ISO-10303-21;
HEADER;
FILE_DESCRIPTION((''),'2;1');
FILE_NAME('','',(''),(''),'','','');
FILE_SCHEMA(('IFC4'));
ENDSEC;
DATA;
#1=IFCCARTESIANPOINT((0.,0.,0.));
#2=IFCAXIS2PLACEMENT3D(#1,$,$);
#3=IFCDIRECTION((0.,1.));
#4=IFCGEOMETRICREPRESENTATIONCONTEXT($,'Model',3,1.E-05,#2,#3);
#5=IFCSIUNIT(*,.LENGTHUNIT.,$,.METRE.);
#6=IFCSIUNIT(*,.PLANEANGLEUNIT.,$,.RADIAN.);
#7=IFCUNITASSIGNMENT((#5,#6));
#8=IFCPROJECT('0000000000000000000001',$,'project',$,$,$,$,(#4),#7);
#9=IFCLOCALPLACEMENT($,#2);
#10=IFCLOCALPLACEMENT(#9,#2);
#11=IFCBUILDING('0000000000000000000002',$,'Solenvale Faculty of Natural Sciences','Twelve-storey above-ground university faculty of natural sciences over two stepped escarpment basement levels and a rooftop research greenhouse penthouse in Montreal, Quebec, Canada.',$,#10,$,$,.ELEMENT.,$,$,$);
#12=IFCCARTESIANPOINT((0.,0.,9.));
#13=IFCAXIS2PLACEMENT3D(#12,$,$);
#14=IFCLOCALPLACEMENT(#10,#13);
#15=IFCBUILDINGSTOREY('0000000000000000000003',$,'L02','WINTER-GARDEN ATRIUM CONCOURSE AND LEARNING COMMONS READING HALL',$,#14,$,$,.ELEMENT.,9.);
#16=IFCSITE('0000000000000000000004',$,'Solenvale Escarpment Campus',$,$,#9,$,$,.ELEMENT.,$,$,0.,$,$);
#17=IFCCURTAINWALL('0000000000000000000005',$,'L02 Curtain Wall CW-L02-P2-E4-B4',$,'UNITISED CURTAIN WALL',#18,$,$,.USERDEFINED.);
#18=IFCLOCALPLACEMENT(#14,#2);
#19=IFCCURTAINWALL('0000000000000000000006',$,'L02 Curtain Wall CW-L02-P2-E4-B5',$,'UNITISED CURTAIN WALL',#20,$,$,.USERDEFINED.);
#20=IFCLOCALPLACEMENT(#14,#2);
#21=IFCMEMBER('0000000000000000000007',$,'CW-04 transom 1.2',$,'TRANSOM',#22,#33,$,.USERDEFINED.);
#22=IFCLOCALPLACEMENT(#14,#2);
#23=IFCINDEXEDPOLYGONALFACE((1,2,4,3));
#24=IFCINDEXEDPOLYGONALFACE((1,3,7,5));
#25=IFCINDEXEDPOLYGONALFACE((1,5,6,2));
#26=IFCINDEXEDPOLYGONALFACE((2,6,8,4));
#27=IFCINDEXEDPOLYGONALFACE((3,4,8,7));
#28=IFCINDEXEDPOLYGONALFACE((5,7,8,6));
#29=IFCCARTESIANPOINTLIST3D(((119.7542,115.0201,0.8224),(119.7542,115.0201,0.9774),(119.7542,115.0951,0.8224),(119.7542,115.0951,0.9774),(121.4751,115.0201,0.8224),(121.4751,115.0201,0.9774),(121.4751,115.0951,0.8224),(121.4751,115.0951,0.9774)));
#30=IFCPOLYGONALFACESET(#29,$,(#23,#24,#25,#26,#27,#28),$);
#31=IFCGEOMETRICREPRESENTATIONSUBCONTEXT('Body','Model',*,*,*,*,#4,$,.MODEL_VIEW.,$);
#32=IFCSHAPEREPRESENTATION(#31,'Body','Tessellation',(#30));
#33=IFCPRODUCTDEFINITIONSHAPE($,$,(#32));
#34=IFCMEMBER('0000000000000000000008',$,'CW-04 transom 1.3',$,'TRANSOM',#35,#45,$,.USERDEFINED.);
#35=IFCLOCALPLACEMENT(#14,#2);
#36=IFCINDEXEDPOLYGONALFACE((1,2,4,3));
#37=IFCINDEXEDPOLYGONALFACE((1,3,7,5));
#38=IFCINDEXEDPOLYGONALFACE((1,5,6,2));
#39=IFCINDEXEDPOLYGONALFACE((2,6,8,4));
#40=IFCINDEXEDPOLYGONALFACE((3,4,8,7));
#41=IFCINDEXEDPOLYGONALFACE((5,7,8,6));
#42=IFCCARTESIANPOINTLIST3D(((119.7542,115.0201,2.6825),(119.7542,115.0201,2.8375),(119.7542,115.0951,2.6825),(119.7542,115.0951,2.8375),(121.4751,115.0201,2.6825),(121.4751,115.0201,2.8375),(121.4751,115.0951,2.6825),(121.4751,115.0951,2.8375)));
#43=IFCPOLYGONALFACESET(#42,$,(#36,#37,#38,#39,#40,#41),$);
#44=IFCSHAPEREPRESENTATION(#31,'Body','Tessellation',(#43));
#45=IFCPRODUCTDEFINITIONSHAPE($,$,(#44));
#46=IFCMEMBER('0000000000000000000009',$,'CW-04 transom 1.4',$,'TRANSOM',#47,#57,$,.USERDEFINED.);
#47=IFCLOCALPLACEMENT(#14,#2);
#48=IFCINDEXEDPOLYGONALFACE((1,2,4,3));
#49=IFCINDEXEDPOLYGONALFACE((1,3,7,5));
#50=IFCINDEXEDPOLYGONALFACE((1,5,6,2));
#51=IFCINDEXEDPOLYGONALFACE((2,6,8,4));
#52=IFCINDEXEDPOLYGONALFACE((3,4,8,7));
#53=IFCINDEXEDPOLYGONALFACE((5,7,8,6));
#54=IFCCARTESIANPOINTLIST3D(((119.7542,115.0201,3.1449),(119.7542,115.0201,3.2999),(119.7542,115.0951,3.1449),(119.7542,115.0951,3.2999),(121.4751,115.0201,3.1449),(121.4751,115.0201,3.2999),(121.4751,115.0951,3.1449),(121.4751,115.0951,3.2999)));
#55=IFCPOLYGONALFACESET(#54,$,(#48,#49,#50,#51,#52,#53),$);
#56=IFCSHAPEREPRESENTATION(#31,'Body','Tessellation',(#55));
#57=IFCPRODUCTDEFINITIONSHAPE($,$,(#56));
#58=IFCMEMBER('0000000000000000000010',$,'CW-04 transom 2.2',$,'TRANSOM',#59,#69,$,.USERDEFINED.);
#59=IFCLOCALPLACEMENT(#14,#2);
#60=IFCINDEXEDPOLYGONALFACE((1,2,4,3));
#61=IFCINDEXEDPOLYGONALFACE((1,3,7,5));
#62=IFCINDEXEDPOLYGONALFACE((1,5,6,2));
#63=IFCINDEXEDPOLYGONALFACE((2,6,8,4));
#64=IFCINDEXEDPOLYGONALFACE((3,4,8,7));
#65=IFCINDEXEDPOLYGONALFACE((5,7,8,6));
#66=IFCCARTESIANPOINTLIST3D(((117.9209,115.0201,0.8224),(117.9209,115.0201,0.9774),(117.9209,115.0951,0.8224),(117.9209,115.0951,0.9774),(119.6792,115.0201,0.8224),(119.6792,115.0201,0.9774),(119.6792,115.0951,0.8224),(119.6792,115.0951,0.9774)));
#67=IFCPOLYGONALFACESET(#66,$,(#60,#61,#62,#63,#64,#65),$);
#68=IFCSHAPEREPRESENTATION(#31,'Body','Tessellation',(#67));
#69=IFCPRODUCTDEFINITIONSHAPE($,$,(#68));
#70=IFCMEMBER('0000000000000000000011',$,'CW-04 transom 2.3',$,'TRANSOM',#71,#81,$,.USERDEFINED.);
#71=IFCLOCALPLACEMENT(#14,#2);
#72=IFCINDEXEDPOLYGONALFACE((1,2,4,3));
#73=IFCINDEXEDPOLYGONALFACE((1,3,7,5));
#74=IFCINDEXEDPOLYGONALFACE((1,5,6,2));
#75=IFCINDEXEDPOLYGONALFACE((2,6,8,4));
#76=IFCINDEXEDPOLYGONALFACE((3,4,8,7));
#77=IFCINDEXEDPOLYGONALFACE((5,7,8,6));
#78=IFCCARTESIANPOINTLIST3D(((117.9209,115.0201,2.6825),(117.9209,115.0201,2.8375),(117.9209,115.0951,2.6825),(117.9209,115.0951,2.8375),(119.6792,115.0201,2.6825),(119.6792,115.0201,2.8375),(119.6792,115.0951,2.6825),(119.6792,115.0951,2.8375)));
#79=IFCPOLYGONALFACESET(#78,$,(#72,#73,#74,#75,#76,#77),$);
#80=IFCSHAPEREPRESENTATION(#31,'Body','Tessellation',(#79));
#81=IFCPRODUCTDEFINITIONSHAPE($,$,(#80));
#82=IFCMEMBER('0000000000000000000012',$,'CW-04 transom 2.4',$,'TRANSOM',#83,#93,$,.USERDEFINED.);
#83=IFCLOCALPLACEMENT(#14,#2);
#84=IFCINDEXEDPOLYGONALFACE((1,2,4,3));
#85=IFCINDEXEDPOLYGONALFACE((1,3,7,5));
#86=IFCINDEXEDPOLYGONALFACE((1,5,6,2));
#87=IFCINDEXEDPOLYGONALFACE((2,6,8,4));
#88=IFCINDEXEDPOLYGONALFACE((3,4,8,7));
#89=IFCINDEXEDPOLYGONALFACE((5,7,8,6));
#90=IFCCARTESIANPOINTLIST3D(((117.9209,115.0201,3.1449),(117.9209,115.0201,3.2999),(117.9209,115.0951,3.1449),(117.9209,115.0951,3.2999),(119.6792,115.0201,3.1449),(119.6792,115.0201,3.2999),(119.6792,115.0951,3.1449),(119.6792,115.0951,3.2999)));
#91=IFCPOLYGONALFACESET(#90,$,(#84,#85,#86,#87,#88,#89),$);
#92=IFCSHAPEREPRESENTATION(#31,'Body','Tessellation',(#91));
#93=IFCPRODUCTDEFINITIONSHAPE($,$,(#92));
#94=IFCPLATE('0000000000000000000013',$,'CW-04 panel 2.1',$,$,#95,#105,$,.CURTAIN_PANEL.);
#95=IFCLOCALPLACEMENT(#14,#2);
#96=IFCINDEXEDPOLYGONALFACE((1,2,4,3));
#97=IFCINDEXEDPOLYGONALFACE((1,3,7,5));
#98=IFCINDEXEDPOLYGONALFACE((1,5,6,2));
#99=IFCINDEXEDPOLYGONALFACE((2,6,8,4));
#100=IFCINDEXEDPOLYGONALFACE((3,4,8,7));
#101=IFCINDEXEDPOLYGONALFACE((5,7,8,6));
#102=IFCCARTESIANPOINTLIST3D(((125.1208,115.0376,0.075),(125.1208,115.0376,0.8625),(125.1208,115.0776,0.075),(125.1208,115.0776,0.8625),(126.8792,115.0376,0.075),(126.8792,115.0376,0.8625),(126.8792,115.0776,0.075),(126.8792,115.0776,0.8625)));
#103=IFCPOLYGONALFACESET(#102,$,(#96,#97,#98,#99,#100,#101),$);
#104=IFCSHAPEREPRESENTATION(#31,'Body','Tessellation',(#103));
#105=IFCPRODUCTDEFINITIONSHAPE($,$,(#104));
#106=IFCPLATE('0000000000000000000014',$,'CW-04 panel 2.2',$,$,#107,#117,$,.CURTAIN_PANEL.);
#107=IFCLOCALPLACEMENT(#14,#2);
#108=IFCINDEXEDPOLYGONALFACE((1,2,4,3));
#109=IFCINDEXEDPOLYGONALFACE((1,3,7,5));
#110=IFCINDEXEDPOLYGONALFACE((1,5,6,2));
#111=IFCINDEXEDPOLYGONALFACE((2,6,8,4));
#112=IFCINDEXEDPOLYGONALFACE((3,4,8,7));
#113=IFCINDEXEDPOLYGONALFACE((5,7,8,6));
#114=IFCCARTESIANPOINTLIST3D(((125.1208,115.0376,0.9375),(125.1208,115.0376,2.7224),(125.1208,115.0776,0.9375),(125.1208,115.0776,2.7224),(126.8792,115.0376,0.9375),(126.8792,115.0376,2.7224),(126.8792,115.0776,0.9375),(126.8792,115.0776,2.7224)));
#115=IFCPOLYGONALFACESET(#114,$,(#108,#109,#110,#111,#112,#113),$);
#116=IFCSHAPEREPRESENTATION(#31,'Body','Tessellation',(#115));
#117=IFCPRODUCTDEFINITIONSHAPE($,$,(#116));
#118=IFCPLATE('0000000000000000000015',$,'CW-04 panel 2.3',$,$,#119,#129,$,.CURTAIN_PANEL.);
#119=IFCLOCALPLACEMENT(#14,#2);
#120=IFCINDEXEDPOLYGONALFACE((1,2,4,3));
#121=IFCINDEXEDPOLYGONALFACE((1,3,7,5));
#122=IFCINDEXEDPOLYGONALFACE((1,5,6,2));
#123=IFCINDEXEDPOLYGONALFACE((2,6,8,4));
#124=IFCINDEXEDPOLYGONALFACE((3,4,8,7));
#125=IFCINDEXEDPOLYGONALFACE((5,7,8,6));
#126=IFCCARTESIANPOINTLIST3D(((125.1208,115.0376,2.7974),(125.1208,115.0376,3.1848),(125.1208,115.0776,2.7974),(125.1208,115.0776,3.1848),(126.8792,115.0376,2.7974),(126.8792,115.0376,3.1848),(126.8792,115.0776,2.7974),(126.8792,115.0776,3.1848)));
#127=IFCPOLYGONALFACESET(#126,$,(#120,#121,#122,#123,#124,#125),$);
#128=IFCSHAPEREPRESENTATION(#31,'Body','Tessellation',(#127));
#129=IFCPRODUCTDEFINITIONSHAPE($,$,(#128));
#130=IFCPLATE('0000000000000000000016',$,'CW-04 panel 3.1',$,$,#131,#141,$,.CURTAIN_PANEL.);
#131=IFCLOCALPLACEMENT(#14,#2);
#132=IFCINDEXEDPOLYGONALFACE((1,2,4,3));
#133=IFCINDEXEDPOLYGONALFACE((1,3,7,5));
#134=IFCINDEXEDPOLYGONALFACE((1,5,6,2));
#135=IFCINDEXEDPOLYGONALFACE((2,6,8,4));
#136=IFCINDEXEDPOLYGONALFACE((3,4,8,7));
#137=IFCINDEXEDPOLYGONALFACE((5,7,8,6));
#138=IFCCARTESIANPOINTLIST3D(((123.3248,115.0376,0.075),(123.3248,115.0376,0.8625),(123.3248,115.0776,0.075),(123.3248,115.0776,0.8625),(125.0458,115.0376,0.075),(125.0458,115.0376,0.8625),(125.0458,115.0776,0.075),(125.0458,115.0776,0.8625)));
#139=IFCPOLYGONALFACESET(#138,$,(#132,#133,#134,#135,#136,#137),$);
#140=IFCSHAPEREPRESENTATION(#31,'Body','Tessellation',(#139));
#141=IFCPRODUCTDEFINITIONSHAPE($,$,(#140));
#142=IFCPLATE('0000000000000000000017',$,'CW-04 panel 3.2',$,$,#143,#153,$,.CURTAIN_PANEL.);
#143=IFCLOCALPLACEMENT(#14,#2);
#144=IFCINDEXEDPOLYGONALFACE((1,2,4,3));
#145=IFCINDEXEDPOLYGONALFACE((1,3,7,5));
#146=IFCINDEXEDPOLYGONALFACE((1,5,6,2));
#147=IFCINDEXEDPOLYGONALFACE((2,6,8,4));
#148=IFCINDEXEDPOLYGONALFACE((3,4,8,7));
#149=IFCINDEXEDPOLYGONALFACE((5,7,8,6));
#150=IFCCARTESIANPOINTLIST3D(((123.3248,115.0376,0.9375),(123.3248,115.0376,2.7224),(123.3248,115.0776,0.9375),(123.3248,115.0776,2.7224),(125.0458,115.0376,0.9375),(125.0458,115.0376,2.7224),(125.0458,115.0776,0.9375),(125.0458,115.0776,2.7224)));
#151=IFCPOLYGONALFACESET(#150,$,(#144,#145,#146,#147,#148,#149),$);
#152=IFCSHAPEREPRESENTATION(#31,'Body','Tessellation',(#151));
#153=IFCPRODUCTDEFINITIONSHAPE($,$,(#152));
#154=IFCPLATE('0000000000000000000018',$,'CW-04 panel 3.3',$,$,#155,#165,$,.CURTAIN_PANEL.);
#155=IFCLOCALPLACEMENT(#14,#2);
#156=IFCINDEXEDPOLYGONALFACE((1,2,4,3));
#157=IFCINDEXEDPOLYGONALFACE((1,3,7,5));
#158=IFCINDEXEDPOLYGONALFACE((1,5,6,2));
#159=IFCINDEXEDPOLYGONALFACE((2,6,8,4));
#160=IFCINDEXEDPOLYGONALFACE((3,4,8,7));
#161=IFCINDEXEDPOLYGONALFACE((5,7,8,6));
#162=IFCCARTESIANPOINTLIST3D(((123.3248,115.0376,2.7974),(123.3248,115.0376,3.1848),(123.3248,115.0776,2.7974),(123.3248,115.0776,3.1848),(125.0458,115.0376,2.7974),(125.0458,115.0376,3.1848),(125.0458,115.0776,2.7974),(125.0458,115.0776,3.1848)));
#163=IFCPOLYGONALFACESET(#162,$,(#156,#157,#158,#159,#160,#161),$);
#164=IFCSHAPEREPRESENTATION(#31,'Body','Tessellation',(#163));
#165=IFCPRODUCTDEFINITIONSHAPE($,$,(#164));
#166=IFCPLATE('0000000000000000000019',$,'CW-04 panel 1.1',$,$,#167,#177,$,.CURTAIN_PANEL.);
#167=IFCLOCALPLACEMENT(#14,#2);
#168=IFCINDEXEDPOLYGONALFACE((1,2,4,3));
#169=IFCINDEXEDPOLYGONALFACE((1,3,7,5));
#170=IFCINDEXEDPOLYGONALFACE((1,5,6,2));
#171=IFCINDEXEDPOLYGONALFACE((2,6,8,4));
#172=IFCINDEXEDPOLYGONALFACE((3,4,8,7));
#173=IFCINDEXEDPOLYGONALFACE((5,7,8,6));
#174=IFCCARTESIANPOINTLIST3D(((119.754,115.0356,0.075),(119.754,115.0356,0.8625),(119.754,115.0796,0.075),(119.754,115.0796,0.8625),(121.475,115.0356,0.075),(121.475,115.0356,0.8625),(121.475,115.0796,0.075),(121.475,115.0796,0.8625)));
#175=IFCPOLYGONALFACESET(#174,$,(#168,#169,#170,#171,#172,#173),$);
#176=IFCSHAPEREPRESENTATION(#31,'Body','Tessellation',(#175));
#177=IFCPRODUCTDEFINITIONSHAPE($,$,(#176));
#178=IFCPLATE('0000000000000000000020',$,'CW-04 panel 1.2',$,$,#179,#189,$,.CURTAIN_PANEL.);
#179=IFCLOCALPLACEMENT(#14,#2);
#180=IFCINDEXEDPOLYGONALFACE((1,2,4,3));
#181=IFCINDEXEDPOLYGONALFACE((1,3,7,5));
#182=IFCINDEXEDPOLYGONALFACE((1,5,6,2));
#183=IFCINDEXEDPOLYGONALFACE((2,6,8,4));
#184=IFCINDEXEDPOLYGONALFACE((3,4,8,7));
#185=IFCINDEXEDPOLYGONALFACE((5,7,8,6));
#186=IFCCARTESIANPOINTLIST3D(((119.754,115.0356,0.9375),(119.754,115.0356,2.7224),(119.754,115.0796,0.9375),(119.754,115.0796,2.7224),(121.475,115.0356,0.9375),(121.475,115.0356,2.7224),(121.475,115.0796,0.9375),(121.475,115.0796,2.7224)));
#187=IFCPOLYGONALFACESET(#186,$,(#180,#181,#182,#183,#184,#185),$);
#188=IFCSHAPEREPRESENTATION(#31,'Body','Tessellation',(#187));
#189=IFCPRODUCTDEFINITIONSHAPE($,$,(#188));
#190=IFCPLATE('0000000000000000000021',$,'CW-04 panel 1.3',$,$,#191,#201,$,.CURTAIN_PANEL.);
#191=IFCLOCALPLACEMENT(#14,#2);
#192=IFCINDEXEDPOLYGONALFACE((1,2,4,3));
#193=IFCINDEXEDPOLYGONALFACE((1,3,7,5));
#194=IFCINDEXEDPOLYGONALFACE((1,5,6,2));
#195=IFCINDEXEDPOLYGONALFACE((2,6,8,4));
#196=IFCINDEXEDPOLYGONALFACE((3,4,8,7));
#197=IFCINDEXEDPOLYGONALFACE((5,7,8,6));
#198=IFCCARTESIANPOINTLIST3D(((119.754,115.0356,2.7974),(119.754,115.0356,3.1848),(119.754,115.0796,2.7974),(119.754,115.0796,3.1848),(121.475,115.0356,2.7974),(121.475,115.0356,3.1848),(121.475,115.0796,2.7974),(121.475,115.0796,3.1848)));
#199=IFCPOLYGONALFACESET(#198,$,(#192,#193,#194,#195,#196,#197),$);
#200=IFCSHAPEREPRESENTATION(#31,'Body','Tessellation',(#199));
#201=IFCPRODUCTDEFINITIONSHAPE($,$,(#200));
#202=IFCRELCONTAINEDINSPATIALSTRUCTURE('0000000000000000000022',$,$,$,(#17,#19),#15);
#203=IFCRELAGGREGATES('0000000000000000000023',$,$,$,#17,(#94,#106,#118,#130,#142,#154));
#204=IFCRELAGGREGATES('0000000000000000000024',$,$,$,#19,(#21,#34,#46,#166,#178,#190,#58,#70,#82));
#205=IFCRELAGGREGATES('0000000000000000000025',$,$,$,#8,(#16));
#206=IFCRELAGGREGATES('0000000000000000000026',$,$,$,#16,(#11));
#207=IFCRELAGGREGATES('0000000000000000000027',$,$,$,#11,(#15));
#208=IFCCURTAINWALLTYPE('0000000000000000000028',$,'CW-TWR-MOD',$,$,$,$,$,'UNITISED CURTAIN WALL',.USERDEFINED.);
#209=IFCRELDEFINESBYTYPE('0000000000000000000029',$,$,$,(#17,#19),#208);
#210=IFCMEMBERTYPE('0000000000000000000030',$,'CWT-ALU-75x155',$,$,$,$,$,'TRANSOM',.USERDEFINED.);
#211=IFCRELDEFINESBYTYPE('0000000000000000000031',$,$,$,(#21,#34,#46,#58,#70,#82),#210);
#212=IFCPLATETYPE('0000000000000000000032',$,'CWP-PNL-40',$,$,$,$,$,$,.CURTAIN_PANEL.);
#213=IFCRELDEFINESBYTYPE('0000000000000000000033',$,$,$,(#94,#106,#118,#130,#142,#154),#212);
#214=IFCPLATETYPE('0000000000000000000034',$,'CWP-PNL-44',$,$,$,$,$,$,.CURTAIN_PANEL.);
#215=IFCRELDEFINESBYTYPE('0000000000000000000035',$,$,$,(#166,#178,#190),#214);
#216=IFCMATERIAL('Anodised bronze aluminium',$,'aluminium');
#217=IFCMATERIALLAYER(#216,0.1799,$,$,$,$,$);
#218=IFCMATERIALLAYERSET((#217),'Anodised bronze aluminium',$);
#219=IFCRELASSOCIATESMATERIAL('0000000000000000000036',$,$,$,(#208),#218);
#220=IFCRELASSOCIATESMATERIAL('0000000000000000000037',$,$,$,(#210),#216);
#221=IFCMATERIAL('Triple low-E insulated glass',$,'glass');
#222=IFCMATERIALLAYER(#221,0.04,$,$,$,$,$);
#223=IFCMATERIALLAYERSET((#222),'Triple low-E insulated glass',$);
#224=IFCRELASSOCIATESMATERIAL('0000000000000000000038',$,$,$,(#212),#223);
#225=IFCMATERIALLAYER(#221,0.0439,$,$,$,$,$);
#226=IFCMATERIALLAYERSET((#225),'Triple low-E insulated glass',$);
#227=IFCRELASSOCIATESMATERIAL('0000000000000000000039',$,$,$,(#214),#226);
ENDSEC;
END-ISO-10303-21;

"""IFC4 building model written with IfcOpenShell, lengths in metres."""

from ifc_helpers import new_model, si_unit, direction, frame, origin, origin_2d, place, context, subcontext, project, spatial, rectangle, extrude, material, layer, layer_set, material_profile, profile_set, type_object, element, aggregate, save


model = new_model("IFC4")

# Units and contexts
model_context = context("Model", 3, precision=1e-05, world=origin(), true_north=direction((0.0, 1.0)))
body_context = subcontext(model_context, "Body", "Model", "MODEL_VIEW")
ifc_project = project(units=[si_unit("LENGTHUNIT", "METRE"), si_unit("PLANEANGLEUNIT", "RADIAN")], contexts=[model_context])

# Site, building, storey
site_placement = place(None, origin())
site = spatial("IfcSite", under=ifc_project, at=site_placement, Name="Solenvale Escarpment Campus", CompositionType="ELEMENT", RefElevation=0.0)
building_placement = place(site_placement, origin())
building = spatial("IfcBuilding", under=site, at=building_placement, Name="Solenvale Faculty of Natural Sciences", Description="Twelve-storey above-ground university faculty of natural sciences over two stepped escarpment basement levels and a rooftop research greenhouse penthouse in Montreal, Quebec, Canada.", CompositionType="ELEMENT")
storey_placement = place(building_placement, frame((0.0, 0.0, 9.0)))
storey = spatial("IfcBuildingStorey", under=building, at=storey_placement, Name="L02", Description="WINTER-GARDEN ATRIUM CONCOURSE AND LEARNING COMMONS READING HALL", CompositionType="ELEMENT", Elevation=9.0)

# Curtain walls
ifc_material_1 = material(Name="Anodised bronze aluminium", Category="aluminium")
ifc_layer_1 = layer(ifc_material_1, 0.1799)
ifc_layer_set_1 = layer_set([ifc_layer_1], Name="Anodised bronze aluminium")
curtain_wall_type = type_object("IfcCurtainWallType", Name="CW-TWR-MOD", ElementType="UNITISED CURTAIN WALL", PredefinedType="USERDEFINED", material=ifc_layer_set_1)
curtain_wall_1_placement = place(storey_placement, origin())
curtain_wall_1 = element("IfcCurtainWall", 1, at=curtain_wall_1_placement, inside=storey, type_object=curtain_wall_type, Name="L02 Curtain Wall CW-L02-P2-E4-B4", ObjectType="UNITISED CURTAIN WALL", PredefinedType="USERDEFINED")
curtain_wall_2_placement = place(storey_placement, origin())
curtain_wall_2 = element("IfcCurtainWall", 2, at=curtain_wall_2_placement, inside=storey, type_object=curtain_wall_type, Name="L02 Curtain Wall CW-L02-P2-E4-B5", ObjectType="UNITISED CURTAIN WALL", PredefinedType="USERDEFINED")

# Members
ifc_material_profile_1 = material_profile(ifc_material_1, rectangle(XDim=0.075, YDim=0.155, at=origin_2d()), Name="ALU-TRN-75x155")
ifc_profile_set_1 = profile_set([ifc_material_profile_1], Name="Anodised bronze aluminium")
member_type_1 = type_object("IfcMemberType", Name="CWT-ALU-75x155", ElementType="TRANSOM", PredefinedType="USERDEFINED", material=ifc_profile_set_1)
member_1_placement = place(storey_placement, frame((121.4751, 115.0576, 0.8999), z_axis=(-1.0, 0.0, 0.0), x_axis=(0.0, -1.0, 0.0)))
member_1 = element("IfcMember", 3, at=member_1_placement, type_object=member_type_1, Name="CW-04 transom 1.2", ObjectType="TRANSOM", PredefinedType="USERDEFINED", context=body_context, shape_type="SweptSolid", body=[
    extrude(rectangle(XDim=0.075, YDim=0.155, at=origin_2d()), origin(), (0.0, 0.0, 1.0), 1.7209),
])
member_2_placement = place(storey_placement, frame((121.4751, 115.0576, 2.76), z_axis=(-1.0, 0.0, 0.0), x_axis=(0.0, -1.0, 0.0)))
member_2 = element("IfcMember", 4, at=member_2_placement, type_object=member_type_1, Name="CW-04 transom 1.3", ObjectType="TRANSOM", PredefinedType="USERDEFINED", context=body_context, shape_type="SweptSolid", body=[
    extrude(rectangle(XDim=0.075, YDim=0.155, at=origin_2d()), origin(), (0.0, 0.0, 1.0), 1.7209),
])
member_3_placement = place(storey_placement, frame((121.4751, 115.0576, 3.2224), z_axis=(-1.0, 0.0, 0.0), x_axis=(0.0, -1.0, 0.0)))
member_3 = element("IfcMember", 5, at=member_3_placement, type_object=member_type_1, Name="CW-04 transom 1.4", ObjectType="TRANSOM", PredefinedType="USERDEFINED", context=body_context, shape_type="SweptSolid", body=[
    extrude(rectangle(XDim=0.075, YDim=0.155, at=origin_2d()), origin(), (0.0, 0.0, 1.0), 1.7209),
])
member_4_placement = place(storey_placement, frame((119.6792, 115.0576, 0.8999), z_axis=(-1.0, 0.0, 0.0), x_axis=(0.0, -1.0, 0.0)))
member_4 = element("IfcMember", 6, at=member_4_placement, type_object=member_type_1, Name="CW-04 transom 2.2", ObjectType="TRANSOM", PredefinedType="USERDEFINED", context=body_context, shape_type="SweptSolid", body=[
    extrude(rectangle(XDim=0.075, YDim=0.155, at=origin_2d()), origin(), (0.0, 0.0, 1.0), 1.7583),
])
member_5_placement = place(storey_placement, frame((119.6792, 115.0576, 2.76), z_axis=(-1.0, 0.0, 0.0), x_axis=(0.0, -1.0, 0.0)))
member_5 = element("IfcMember", 7, at=member_5_placement, type_object=member_type_1, Name="CW-04 transom 2.3", ObjectType="TRANSOM", PredefinedType="USERDEFINED", context=body_context, shape_type="SweptSolid", body=[
    extrude(rectangle(XDim=0.075, YDim=0.155, at=origin_2d()), origin(), (0.0, 0.0, 1.0), 1.7583),
])
member_6_placement = place(storey_placement, frame((119.6792, 115.0576, 3.2224), z_axis=(-1.0, 0.0, 0.0), x_axis=(0.0, -1.0, 0.0)))
member_6 = element("IfcMember", 8, at=member_6_placement, type_object=member_type_1, Name="CW-04 transom 2.4", ObjectType="TRANSOM", PredefinedType="USERDEFINED", context=body_context, shape_type="SweptSolid", body=[
    extrude(rectangle(XDim=0.075, YDim=0.155, at=origin_2d()), origin(), (0.0, 0.0, 1.0), 1.7583),
])

# Plates
ifc_material_2 = material(Name="Triple low-E insulated glass", Category="glass")
ifc_layer_2 = layer(ifc_material_2, 0.04)
ifc_layer_set_2 = layer_set([ifc_layer_2], Name="Triple low-E insulated glass")
plate_type_1 = type_object("IfcPlateType", Name="CWP-PNL-40", PredefinedType="CURTAIN_PANEL", material=ifc_layer_set_2)
plate_1_placement = place(storey_placement, frame((126.0, 115.0576, 0.075), z_axis=(0.0, 0.0, 1.0), x_axis=(-1.0, 0.0, 0.0)))
plate_1 = element("IfcPlate", 9, at=plate_1_placement, type_object=plate_type_1, Name="CW-04 panel 2.1", PredefinedType="CURTAIN_PANEL", context=body_context, shape_type="SweptSolid", body=[
    extrude(rectangle(XDim=1.7583, YDim=0.04, at=origin_2d()), origin(), (0.0, 0.0, 1.0), 0.7876),
])
plate_2_placement = place(storey_placement, frame((126.0, 115.0576, 0.9375), z_axis=(0.0, 0.0, 1.0), x_axis=(-1.0, 0.0, 0.0)))
plate_2 = element("IfcPlate", 10, at=plate_2_placement, type_object=plate_type_1, Name="CW-04 panel 2.2", PredefinedType="CURTAIN_PANEL", context=body_context, shape_type="SweptSolid", body=[
    extrude(rectangle(XDim=1.7583, YDim=0.04, at=origin_2d()), origin(), (0.0, 0.0, 1.0), 1.7849),
])
plate_3_placement = place(storey_placement, frame((126.0, 115.0576, 2.7974), z_axis=(0.0, 0.0, 1.0), x_axis=(-1.0, 0.0, 0.0)))
plate_3 = element("IfcPlate", 11, at=plate_3_placement, type_object=plate_type_1, Name="CW-04 panel 2.3", PredefinedType="CURTAIN_PANEL", context=body_context, shape_type="SweptSolid", body=[
    extrude(rectangle(XDim=1.7583, YDim=0.04, at=origin_2d()), origin(), (0.0, 0.0, 1.0), 0.3875),
])
plate_4_placement = place(storey_placement, frame((124.1853, 115.0576, 0.075), z_axis=(0.0, 0.0, 1.0), x_axis=(-1.0, 0.0, 0.0)))
plate_4 = element("IfcPlate", 12, at=plate_4_placement, type_object=plate_type_1, Name="CW-04 panel 3.1", PredefinedType="CURTAIN_PANEL", context=body_context, shape_type="SweptSolid", body=[
    extrude(rectangle(XDim=1.7209, YDim=0.04, at=origin_2d()), origin(), (0.0, 0.0, 1.0), 0.7876),
])
plate_5_placement = place(storey_placement, frame((124.1853, 115.0576, 0.9375), z_axis=(0.0, 0.0, 1.0), x_axis=(-1.0, 0.0, 0.0)))
plate_5 = element("IfcPlate", 13, at=plate_5_placement, type_object=plate_type_1, Name="CW-04 panel 3.2", PredefinedType="CURTAIN_PANEL", context=body_context, shape_type="SweptSolid", body=[
    extrude(rectangle(XDim=1.7209, YDim=0.04, at=origin_2d()), origin(), (0.0, 0.0, 1.0), 1.7849),
])
plate_6_placement = place(storey_placement, frame((124.1853, 115.0576, 2.7974), z_axis=(0.0, 0.0, 1.0), x_axis=(-1.0, 0.0, 0.0)))
plate_6 = element("IfcPlate", 14, at=plate_6_placement, type_object=plate_type_1, Name="CW-04 panel 3.3", PredefinedType="CURTAIN_PANEL", context=body_context, shape_type="SweptSolid", body=[
    extrude(rectangle(XDim=1.7209, YDim=0.04, at=origin_2d()), origin(), (0.0, 0.0, 1.0), 0.3875),
])
aggregate(curtain_wall_1, [plate_1, plate_2, plate_3, plate_4, plate_5, plate_6])
ifc_layer_3 = layer(ifc_material_2, 0.0439)
ifc_layer_set_3 = layer_set([ifc_layer_3], Name="Triple low-E insulated glass")
plate_type_2 = type_object("IfcPlateType", Name="CWP-PNL-44", PredefinedType="CURTAIN_PANEL", material=ifc_layer_set_3)
plate_7_placement = place(storey_placement, frame((120.6145, 115.0576, 0.075), z_axis=(0.0, 0.0, 1.0), x_axis=(-1.0, 0.0, 0.0)))
plate_7 = element("IfcPlate", 15, at=plate_7_placement, type_object=plate_type_2, Name="CW-04 panel 1.1", PredefinedType="CURTAIN_PANEL", context=body_context, shape_type="SweptSolid", body=[
    extrude(rectangle(XDim=1.7209, YDim=0.0439, at=origin_2d()), origin(), (0.0, 0.0, 1.0), 0.7876),
])
plate_8_placement = place(storey_placement, frame((120.6145, 115.0576, 0.9375), z_axis=(0.0, 0.0, 1.0), x_axis=(-1.0, 0.0, 0.0)))
plate_8 = element("IfcPlate", 16, at=plate_8_placement, type_object=plate_type_2, Name="CW-04 panel 1.2", PredefinedType="CURTAIN_PANEL", context=body_context, shape_type="SweptSolid", body=[
    extrude(rectangle(XDim=1.7209, YDim=0.0439, at=origin_2d()), origin(), (0.0, 0.0, 1.0), 1.7849),
])
plate_9_placement = place(storey_placement, frame((120.6145, 115.0576, 2.7974), z_axis=(0.0, 0.0, 1.0), x_axis=(-1.0, 0.0, 0.0)))
plate_9 = element("IfcPlate", 17, at=plate_9_placement, type_object=plate_type_2, Name="CW-04 panel 1.3", PredefinedType="CURTAIN_PANEL", context=body_context, shape_type="SweptSolid", body=[
    extrude(rectangle(XDim=1.7209, YDim=0.0439, at=origin_2d()), origin(), (0.0, 0.0, 1.0), 0.3875),
])
aggregate(curtain_wall_2, [member_1, member_2, member_3, plate_7, plate_8, plate_9, member_4, member_5, member_6])

save(model, "model.ifc")
